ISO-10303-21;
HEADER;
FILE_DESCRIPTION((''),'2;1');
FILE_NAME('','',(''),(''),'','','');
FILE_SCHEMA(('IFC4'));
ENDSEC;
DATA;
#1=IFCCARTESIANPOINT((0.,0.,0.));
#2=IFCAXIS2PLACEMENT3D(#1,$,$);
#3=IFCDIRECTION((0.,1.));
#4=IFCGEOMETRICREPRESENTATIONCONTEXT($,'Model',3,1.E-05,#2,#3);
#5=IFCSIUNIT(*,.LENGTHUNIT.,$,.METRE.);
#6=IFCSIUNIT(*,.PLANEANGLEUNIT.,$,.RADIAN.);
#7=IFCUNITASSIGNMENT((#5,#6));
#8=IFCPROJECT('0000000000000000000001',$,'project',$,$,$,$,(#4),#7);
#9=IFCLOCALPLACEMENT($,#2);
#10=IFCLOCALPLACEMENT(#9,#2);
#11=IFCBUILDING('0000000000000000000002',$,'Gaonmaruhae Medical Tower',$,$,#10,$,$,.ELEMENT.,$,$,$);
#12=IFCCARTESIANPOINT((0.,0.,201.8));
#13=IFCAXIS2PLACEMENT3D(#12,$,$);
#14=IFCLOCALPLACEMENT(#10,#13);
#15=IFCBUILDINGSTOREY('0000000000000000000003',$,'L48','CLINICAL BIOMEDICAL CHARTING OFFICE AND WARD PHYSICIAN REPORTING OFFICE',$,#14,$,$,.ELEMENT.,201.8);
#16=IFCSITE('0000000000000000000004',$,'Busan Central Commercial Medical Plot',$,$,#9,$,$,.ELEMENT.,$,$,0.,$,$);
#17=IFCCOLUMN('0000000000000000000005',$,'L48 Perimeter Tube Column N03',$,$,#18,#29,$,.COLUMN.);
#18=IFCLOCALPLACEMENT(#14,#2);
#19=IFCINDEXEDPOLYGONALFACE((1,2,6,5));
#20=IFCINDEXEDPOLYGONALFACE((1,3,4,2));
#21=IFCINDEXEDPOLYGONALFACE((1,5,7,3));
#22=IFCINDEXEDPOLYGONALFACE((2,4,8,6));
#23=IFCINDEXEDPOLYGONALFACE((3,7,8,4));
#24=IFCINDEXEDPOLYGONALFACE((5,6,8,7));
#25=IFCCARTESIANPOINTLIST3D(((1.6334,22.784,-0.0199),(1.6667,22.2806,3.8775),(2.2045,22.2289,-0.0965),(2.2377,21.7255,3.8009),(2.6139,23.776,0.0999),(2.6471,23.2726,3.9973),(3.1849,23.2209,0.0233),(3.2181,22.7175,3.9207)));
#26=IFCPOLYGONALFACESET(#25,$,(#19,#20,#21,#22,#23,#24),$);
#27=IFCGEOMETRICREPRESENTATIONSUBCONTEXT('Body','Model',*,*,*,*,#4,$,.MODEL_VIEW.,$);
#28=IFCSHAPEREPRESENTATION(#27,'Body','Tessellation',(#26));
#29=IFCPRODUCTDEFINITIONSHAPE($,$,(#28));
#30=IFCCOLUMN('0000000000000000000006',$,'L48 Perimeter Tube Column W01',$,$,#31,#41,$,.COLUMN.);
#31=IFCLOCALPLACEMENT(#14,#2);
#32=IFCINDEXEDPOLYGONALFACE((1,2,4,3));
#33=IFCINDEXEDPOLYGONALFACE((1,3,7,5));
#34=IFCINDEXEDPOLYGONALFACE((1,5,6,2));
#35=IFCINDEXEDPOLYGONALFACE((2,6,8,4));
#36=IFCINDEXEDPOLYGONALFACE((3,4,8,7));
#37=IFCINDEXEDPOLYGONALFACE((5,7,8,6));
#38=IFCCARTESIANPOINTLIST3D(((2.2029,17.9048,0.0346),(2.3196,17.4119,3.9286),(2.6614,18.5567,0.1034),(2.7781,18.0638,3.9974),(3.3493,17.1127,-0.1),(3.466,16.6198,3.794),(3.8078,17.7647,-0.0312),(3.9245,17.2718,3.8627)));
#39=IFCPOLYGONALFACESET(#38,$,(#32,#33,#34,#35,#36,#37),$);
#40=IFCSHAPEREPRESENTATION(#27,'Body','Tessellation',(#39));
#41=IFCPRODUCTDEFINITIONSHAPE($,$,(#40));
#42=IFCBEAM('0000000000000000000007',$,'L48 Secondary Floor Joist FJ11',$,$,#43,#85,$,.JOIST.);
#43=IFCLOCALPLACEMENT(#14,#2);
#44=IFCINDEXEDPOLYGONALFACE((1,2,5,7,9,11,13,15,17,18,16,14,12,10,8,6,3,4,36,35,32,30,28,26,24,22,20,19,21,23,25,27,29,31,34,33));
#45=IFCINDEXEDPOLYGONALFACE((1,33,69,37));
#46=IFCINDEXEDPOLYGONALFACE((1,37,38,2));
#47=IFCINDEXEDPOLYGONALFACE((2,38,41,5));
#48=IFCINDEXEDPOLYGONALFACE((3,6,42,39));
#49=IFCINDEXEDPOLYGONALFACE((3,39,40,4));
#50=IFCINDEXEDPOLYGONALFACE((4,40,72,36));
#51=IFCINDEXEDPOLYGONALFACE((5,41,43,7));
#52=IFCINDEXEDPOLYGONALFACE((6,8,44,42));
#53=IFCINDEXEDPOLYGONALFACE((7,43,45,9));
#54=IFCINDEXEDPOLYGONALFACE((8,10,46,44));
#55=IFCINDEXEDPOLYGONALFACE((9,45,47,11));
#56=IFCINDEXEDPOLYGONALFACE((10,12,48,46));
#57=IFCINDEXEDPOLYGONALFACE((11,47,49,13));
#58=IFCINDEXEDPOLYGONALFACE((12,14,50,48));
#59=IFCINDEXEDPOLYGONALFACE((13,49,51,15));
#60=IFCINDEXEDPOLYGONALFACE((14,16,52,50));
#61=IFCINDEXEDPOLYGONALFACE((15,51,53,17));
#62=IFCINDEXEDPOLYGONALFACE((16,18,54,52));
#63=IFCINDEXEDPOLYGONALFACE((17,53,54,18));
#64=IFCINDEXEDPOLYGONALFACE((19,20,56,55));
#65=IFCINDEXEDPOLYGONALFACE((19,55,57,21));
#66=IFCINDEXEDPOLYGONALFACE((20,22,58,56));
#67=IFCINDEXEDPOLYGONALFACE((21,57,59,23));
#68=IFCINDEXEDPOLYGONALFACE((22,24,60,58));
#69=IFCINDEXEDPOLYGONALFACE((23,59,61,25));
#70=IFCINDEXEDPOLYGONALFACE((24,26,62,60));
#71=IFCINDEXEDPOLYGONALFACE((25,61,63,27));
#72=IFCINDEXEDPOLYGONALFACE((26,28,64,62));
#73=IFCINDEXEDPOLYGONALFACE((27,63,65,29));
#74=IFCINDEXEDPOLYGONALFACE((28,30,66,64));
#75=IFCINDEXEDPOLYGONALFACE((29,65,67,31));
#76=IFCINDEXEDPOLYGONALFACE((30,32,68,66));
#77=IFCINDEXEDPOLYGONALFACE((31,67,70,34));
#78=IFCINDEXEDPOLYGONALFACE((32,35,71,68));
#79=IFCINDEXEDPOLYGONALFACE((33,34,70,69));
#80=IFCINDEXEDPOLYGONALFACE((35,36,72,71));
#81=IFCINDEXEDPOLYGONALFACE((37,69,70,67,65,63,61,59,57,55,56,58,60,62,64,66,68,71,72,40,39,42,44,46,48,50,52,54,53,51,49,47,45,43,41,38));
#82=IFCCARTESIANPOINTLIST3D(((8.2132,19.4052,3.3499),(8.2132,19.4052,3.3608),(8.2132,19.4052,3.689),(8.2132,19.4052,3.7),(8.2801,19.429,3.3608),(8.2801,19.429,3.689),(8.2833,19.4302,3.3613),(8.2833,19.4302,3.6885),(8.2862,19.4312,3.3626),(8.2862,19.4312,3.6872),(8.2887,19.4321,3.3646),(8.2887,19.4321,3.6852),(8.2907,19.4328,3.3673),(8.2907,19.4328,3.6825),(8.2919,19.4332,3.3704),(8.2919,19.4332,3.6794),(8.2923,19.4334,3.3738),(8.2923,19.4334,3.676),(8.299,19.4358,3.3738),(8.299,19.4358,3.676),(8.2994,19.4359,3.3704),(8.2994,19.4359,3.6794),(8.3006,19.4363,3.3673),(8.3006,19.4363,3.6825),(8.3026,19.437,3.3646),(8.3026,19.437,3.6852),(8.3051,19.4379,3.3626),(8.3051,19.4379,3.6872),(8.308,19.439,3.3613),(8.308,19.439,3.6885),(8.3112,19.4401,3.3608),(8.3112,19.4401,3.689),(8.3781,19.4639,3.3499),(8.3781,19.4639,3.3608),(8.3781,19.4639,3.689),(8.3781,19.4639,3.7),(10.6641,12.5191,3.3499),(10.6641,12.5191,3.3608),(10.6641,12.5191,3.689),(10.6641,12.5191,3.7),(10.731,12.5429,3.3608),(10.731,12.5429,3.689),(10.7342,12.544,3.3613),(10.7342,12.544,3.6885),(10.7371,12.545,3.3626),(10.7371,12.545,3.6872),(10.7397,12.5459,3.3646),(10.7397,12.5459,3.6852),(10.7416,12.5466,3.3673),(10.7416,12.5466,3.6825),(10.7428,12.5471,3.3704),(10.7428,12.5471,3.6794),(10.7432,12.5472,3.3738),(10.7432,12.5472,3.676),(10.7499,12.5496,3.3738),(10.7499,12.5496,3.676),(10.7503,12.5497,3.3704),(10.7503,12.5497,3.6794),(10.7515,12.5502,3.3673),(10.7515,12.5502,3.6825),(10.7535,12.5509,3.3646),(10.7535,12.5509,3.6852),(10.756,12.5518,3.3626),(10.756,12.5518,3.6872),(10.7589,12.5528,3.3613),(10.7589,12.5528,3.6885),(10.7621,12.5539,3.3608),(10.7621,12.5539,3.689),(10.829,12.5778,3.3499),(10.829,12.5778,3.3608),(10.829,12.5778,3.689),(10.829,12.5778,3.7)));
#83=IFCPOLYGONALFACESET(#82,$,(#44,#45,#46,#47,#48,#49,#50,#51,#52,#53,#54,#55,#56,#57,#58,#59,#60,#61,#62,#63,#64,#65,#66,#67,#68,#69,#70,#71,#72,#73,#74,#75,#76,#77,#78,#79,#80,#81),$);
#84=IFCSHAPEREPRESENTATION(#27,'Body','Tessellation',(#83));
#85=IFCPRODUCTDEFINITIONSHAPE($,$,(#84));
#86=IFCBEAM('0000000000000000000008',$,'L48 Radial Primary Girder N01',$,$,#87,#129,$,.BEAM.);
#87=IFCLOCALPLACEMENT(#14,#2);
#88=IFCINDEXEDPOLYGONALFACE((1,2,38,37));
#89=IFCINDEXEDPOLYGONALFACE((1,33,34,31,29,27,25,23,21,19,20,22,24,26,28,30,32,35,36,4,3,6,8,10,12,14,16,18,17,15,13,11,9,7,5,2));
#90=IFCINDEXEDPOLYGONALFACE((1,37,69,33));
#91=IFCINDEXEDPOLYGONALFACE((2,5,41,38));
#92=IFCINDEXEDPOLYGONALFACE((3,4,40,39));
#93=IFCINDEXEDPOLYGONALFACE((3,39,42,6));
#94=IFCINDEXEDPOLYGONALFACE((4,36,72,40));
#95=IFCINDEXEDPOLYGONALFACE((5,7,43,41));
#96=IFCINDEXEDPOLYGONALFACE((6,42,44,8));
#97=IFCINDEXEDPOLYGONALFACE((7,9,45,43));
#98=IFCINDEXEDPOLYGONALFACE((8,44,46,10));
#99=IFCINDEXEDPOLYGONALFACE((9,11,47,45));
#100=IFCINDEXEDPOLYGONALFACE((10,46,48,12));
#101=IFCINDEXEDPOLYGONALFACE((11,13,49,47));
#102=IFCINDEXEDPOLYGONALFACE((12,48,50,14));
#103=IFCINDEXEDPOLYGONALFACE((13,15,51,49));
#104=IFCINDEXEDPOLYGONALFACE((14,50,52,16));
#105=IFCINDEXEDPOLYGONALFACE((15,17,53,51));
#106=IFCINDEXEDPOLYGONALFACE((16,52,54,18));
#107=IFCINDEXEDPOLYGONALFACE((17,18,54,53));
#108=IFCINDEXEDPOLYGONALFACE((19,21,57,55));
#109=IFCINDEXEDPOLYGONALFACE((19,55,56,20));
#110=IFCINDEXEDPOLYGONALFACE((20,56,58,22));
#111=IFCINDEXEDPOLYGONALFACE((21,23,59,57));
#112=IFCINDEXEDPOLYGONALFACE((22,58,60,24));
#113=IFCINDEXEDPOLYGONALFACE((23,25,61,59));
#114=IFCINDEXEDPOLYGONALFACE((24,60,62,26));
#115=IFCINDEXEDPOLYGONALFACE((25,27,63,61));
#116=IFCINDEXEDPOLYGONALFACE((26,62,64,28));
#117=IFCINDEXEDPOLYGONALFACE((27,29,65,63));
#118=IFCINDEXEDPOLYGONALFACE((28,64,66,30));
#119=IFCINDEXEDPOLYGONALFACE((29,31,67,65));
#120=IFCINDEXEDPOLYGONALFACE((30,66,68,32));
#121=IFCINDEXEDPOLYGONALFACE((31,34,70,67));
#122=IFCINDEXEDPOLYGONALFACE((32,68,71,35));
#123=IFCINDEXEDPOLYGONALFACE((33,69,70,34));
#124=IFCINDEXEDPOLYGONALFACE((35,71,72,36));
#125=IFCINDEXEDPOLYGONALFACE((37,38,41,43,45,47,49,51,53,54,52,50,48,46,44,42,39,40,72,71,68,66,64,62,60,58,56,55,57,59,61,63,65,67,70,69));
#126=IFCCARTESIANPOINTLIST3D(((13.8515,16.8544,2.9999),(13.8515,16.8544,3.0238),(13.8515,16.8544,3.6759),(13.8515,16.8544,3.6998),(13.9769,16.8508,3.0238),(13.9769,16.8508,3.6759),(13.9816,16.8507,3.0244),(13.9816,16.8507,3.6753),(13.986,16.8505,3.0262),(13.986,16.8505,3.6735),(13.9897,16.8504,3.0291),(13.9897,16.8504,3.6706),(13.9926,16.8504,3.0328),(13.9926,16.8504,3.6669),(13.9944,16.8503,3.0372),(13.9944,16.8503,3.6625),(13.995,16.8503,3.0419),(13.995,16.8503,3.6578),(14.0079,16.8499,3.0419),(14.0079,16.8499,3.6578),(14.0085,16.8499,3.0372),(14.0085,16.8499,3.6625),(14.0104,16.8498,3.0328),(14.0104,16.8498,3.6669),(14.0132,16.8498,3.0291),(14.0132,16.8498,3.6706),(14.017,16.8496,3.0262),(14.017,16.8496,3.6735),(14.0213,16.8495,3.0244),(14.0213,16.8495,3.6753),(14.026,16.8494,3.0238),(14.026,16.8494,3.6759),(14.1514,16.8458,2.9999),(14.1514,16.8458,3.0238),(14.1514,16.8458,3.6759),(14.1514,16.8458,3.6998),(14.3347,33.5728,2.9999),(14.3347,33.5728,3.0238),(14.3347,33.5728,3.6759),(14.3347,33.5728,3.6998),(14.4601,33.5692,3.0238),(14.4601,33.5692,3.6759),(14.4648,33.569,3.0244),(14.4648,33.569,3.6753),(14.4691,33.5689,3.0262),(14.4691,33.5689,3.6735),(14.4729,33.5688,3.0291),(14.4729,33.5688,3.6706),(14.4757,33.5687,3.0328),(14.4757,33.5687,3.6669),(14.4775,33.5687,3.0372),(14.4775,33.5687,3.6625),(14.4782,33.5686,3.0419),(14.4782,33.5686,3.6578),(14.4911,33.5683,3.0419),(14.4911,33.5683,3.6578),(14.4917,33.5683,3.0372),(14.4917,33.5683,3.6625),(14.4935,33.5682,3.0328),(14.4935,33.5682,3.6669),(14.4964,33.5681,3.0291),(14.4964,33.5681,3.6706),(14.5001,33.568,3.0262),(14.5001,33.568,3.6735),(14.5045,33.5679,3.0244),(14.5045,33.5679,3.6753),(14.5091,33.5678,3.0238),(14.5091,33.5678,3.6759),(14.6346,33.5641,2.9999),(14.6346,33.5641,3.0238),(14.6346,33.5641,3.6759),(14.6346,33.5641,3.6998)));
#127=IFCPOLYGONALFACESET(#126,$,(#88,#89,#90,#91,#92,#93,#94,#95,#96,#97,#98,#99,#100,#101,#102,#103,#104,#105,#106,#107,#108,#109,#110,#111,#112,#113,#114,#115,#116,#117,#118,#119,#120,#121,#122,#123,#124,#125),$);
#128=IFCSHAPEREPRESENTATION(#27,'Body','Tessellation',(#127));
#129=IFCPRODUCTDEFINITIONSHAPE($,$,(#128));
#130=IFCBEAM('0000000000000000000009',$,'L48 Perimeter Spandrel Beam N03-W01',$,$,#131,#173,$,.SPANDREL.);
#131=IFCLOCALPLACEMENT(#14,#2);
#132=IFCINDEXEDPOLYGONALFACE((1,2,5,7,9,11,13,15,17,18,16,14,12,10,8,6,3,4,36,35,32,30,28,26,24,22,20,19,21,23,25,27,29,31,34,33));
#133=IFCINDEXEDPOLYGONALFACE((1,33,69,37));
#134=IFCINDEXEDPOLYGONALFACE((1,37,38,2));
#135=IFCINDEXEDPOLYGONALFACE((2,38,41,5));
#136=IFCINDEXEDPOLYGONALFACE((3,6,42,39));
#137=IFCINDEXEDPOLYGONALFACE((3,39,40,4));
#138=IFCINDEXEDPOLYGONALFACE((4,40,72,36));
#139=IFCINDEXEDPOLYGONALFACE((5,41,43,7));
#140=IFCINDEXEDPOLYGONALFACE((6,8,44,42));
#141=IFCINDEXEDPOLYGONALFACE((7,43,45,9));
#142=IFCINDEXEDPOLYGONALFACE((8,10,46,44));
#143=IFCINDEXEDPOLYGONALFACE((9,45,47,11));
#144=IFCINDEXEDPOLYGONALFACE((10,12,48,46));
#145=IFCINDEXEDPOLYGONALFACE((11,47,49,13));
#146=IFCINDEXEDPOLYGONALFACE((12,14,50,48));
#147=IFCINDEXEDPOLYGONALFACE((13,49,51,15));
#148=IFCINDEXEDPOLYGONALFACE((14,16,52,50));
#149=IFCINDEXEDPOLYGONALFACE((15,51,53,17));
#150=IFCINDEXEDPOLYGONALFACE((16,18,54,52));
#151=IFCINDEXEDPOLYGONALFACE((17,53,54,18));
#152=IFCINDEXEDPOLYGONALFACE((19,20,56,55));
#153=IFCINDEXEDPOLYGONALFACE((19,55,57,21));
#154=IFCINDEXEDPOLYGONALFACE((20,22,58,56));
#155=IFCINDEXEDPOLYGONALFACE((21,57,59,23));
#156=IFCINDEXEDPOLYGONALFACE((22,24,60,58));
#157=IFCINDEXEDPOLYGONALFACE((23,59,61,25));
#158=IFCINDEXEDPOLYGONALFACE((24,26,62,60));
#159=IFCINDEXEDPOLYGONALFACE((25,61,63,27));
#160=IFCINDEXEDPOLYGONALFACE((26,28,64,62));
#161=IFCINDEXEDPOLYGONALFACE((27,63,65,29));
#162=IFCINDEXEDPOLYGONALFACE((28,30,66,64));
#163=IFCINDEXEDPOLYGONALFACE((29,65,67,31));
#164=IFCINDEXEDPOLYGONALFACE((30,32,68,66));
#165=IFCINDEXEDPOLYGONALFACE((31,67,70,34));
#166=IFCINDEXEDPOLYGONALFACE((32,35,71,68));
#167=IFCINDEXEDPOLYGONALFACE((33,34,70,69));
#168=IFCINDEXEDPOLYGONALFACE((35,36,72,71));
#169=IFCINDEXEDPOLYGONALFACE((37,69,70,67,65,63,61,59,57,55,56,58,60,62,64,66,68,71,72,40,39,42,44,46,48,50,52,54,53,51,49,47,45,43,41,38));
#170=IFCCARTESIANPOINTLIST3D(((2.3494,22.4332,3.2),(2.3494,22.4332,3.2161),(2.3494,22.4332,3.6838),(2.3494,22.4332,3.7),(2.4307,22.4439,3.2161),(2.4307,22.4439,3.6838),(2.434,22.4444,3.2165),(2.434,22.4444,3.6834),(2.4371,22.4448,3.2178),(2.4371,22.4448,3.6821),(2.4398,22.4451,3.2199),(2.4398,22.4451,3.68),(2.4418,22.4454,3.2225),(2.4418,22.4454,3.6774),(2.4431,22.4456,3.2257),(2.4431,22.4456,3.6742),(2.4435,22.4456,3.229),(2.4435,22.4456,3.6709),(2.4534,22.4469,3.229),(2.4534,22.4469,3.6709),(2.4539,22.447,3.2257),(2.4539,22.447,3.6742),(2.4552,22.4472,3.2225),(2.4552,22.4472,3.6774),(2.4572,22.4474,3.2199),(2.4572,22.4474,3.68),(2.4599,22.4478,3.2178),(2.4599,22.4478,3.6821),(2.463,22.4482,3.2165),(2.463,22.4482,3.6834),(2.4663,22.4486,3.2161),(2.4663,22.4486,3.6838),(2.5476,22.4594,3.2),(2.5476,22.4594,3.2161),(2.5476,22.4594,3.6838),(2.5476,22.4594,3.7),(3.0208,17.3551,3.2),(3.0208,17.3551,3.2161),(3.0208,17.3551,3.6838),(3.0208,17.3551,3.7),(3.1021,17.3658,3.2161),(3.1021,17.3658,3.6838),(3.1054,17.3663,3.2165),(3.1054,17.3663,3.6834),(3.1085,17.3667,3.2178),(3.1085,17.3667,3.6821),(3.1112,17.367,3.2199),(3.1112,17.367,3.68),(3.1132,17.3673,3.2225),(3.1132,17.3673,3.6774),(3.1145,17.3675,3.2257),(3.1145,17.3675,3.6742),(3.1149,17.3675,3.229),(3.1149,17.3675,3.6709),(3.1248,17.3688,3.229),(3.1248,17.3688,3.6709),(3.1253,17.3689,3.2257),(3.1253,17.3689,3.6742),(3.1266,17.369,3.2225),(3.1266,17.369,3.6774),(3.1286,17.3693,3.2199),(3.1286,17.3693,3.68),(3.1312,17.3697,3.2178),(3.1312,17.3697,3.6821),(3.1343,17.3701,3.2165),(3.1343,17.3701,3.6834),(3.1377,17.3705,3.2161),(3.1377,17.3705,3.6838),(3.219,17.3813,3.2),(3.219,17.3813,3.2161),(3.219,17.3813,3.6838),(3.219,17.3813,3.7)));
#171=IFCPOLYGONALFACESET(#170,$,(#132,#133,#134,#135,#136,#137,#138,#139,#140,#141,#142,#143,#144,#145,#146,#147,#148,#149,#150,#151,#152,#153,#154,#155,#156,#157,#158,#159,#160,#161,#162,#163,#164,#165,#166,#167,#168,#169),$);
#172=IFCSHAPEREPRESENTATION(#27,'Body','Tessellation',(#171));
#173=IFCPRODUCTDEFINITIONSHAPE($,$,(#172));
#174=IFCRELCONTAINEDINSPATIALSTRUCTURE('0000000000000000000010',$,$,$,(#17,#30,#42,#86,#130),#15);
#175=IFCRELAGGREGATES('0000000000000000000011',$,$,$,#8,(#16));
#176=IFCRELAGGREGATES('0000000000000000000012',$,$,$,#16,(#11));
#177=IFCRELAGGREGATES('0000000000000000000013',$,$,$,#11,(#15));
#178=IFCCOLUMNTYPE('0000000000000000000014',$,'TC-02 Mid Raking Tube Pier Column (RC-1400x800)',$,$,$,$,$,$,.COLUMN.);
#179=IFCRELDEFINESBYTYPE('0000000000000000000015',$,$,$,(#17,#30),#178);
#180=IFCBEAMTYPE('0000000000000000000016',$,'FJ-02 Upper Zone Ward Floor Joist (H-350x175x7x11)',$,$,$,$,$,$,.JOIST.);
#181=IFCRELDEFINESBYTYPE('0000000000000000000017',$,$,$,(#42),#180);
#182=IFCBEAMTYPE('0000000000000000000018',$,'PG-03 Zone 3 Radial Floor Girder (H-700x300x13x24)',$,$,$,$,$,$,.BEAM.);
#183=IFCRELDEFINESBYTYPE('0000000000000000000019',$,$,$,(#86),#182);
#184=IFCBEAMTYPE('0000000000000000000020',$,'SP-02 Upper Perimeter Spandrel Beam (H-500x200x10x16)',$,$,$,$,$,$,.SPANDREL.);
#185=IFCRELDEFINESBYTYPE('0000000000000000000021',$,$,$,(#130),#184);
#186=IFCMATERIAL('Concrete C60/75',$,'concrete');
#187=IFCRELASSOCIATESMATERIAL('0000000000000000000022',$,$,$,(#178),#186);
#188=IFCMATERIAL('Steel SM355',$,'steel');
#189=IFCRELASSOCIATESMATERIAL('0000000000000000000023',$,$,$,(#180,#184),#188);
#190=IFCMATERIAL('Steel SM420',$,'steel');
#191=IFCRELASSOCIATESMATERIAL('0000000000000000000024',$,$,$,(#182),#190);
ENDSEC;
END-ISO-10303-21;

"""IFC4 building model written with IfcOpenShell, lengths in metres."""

from ifc_helpers import new_model, si_unit, direction, frame, origin, origin_2d, place, context, subcontext, project, spatial, rectangle, i_section, extrude, material, material_profile, profile_set, type_object, element, save


model = new_model("IFC4")

# Units and contexts
model_context = context("Model", 3, precision=1e-05, world=origin(), true_north=direction((0.0, 1.0)))
body_context = subcontext(model_context, "Body", "Model", "MODEL_VIEW")
ifc_project = project(units=[si_unit("LENGTHUNIT", "METRE"), si_unit("PLANEANGLEUNIT", "RADIAN")], contexts=[model_context])

# Site, building, storey
site_placement = place(None, origin())
site = spatial("IfcSite", under=ifc_project, at=site_placement, Name="Busan Central Commercial Medical Plot", CompositionType="ELEMENT", RefElevation=0.0)
building_placement = place(site_placement, origin())
building = spatial("IfcBuilding", under=site, at=building_placement, Name="Gaonmaruhae Medical Tower", CompositionType="ELEMENT")
storey_placement = place(building_placement, frame((0.0, 0.0, 201.8)))
storey = spatial("IfcBuildingStorey", under=building, at=storey_placement, Name="L48", Description="CLINICAL BIOMEDICAL CHARTING OFFICE AND WARD PHYSICIAN REPORTING OFFICE", CompositionType="ELEMENT", Elevation=201.8)

# Columns
ifc_material_1 = material(Name="Concrete C60/75", Category="concrete")
ifc_material_profile_1 = material_profile(ifc_material_1, rectangle(XDim=1.3999, YDim=0.8, at=origin_2d()), Name="RC-1400x800")
ifc_profile_set_1 = profile_set([ifc_material_profile_1], Name="Concrete C60/75")
column_type = type_object("IfcColumnType", Name="TC-02 Mid Raking Tube Pier Column (RC-1400x800)", PredefinedType="COLUMN", material=ifc_profile_set_1)
column_1_placement = place(storey_placement, frame((2.4092, 23.0024, 0.0017), z_axis=(0.008449, -0.128097, 0.991726), x_axis=(0.700357, 0.708646, 0.085566)))
element("IfcColumn", 1, at=column_1_placement, inside=storey, type_object=column_type, Name="L48 Perimeter Tube Column N03", PredefinedType="COLUMN", context=body_context, shape_type="SweptSolid", body=[
    extrude(rectangle(XDim=1.3999, YDim=0.8, at=origin_2d()), origin(), (0.0, 0.0, 1.0), 3.9299),
])
column_2_placement = place(storey_placement, frame((3.0054, 17.8347, 0.0017), z_axis=(0.029718, -0.125525, 0.991645), x_axis=(-0.818912, 0.565805, 0.096163)))
element("IfcColumn", 2, at=column_2_placement, inside=storey, type_object=column_type, Name="L48 Perimeter Tube Column W01", PredefinedType="COLUMN", context=body_context, shape_type="SweptSolid", body=[
    extrude(rectangle(XDim=1.3999, YDim=0.8, at=origin_2d()), origin(), (0.0, 0.0, 1.0), 3.9268),
])

# Beams
ifc_material_2 = material(Name="Steel SM355", Category="steel")
ifc_material_profile_2 = material_profile(ifc_material_2, i_section(OverallWidth=0.175, OverallDepth=0.3501, WebThickness=0.0071, FlangeThickness=0.011, FilletRadius=0.0129, at=origin_2d()), Name="H-350x175x7x11")
ifc_profile_set_2 = profile_set([ifc_material_profile_2], Name="Steel SM355")
beam_type_1 = type_object("IfcBeamType", Name="FJ-02 Upper Zone Ward Floor Joist (H-350x175x7x11)", PredefinedType="JOIST", material=ifc_profile_set_2)
beam_1_placement = place(storey_placement, frame((8.2957, 19.4346, 3.5249), z_axis=(0.335312, -0.942107, 0.0), x_axis=(0.942107, 0.335312, 0.0)))
element("IfcBeam", 3, at=beam_1_placement, inside=storey, type_object=beam_type_1, Name="L48 Secondary Floor Joist FJ11", PredefinedType="JOIST", context=body_context, shape_type="SweptSolid", body=[
    extrude(i_section(OverallWidth=0.175, OverallDepth=0.3501, WebThickness=0.0071, FlangeThickness=0.011, FilletRadius=0.0129, at=origin_2d()), origin(), (0.0, 0.0, 1.0), 7.3093),
])
ifc_material_3 = material(Name="Steel SM420", Category="steel")
ifc_material_profile_3 = material_profile(ifc_material_3, i_section(OverallWidth=0.3, OverallDepth=0.7, WebThickness=0.0129, FlangeThickness=0.0239, FilletRadius=0.0181, at=origin_2d()), Name="H-700x300x13x24")
ifc_profile_set_3 = profile_set([ifc_material_profile_3], Name="Steel SM420")
beam_type_2 = type_object("IfcBeamType", Name="PG-03 Zone 3 Radial Floor Girder (H-700x300x13x24)", PredefinedType="BEAM", material=ifc_profile_set_3)
beam_2_placement = place(storey_placement, frame((14.0015, 16.8501, 3.3499), z_axis=(0.028888, 0.999583, 0.0), x_axis=(-0.999583, 0.028888, 0.0)))
element("IfcBeam", 4, at=beam_2_placement, inside=storey, type_object=beam_type_2, Name="L48 Radial Primary Girder N01", PredefinedType="BEAM", context=body_context, shape_type="SweptSolid", body=[
    extrude(i_section(OverallWidth=0.3, OverallDepth=0.7, WebThickness=0.0129, FlangeThickness=0.0239, FilletRadius=0.0181, at=origin_2d()), origin(), (0.0, 0.0, 1.0), 16.7253),
])
ifc_material_profile_4 = material_profile(ifc_material_2, i_section(OverallWidth=0.2, OverallDepth=0.5, WebThickness=0.01, FlangeThickness=0.0161, FilletRadius=0.0129, at=origin_2d()), Name="H-500x200x10x16")
ifc_profile_set_4 = profile_set([ifc_material_profile_4], Name="Steel SM355")
beam_type_3 = type_object("IfcBeamType", Name="SP-02 Upper Perimeter Spandrel Beam (H-500x200x10x16)", PredefinedType="SPANDREL", material=ifc_profile_set_4)
beam_3_placement = place(storey_placement, frame((2.4485, 22.4463, 3.45), z_axis=(0.131071, -0.991373, 0.0), x_axis=(0.991373, 0.131071, 0.0)))
element("IfcBeam", 5, at=beam_3_placement, inside=storey, type_object=beam_type_3, Name="L48 Perimeter Spandrel Beam N03-W01", PredefinedType="SPANDREL", context=body_context, shape_type="SweptSolid", body=[
    extrude(i_section(OverallWidth=0.2, OverallDepth=0.5, WebThickness=0.01, FlangeThickness=0.0161, FilletRadius=0.0129, at=origin_2d()), origin(), (0.0, 0.0, 1.0), 5.1223),
])

save(model, "model.ifc")
